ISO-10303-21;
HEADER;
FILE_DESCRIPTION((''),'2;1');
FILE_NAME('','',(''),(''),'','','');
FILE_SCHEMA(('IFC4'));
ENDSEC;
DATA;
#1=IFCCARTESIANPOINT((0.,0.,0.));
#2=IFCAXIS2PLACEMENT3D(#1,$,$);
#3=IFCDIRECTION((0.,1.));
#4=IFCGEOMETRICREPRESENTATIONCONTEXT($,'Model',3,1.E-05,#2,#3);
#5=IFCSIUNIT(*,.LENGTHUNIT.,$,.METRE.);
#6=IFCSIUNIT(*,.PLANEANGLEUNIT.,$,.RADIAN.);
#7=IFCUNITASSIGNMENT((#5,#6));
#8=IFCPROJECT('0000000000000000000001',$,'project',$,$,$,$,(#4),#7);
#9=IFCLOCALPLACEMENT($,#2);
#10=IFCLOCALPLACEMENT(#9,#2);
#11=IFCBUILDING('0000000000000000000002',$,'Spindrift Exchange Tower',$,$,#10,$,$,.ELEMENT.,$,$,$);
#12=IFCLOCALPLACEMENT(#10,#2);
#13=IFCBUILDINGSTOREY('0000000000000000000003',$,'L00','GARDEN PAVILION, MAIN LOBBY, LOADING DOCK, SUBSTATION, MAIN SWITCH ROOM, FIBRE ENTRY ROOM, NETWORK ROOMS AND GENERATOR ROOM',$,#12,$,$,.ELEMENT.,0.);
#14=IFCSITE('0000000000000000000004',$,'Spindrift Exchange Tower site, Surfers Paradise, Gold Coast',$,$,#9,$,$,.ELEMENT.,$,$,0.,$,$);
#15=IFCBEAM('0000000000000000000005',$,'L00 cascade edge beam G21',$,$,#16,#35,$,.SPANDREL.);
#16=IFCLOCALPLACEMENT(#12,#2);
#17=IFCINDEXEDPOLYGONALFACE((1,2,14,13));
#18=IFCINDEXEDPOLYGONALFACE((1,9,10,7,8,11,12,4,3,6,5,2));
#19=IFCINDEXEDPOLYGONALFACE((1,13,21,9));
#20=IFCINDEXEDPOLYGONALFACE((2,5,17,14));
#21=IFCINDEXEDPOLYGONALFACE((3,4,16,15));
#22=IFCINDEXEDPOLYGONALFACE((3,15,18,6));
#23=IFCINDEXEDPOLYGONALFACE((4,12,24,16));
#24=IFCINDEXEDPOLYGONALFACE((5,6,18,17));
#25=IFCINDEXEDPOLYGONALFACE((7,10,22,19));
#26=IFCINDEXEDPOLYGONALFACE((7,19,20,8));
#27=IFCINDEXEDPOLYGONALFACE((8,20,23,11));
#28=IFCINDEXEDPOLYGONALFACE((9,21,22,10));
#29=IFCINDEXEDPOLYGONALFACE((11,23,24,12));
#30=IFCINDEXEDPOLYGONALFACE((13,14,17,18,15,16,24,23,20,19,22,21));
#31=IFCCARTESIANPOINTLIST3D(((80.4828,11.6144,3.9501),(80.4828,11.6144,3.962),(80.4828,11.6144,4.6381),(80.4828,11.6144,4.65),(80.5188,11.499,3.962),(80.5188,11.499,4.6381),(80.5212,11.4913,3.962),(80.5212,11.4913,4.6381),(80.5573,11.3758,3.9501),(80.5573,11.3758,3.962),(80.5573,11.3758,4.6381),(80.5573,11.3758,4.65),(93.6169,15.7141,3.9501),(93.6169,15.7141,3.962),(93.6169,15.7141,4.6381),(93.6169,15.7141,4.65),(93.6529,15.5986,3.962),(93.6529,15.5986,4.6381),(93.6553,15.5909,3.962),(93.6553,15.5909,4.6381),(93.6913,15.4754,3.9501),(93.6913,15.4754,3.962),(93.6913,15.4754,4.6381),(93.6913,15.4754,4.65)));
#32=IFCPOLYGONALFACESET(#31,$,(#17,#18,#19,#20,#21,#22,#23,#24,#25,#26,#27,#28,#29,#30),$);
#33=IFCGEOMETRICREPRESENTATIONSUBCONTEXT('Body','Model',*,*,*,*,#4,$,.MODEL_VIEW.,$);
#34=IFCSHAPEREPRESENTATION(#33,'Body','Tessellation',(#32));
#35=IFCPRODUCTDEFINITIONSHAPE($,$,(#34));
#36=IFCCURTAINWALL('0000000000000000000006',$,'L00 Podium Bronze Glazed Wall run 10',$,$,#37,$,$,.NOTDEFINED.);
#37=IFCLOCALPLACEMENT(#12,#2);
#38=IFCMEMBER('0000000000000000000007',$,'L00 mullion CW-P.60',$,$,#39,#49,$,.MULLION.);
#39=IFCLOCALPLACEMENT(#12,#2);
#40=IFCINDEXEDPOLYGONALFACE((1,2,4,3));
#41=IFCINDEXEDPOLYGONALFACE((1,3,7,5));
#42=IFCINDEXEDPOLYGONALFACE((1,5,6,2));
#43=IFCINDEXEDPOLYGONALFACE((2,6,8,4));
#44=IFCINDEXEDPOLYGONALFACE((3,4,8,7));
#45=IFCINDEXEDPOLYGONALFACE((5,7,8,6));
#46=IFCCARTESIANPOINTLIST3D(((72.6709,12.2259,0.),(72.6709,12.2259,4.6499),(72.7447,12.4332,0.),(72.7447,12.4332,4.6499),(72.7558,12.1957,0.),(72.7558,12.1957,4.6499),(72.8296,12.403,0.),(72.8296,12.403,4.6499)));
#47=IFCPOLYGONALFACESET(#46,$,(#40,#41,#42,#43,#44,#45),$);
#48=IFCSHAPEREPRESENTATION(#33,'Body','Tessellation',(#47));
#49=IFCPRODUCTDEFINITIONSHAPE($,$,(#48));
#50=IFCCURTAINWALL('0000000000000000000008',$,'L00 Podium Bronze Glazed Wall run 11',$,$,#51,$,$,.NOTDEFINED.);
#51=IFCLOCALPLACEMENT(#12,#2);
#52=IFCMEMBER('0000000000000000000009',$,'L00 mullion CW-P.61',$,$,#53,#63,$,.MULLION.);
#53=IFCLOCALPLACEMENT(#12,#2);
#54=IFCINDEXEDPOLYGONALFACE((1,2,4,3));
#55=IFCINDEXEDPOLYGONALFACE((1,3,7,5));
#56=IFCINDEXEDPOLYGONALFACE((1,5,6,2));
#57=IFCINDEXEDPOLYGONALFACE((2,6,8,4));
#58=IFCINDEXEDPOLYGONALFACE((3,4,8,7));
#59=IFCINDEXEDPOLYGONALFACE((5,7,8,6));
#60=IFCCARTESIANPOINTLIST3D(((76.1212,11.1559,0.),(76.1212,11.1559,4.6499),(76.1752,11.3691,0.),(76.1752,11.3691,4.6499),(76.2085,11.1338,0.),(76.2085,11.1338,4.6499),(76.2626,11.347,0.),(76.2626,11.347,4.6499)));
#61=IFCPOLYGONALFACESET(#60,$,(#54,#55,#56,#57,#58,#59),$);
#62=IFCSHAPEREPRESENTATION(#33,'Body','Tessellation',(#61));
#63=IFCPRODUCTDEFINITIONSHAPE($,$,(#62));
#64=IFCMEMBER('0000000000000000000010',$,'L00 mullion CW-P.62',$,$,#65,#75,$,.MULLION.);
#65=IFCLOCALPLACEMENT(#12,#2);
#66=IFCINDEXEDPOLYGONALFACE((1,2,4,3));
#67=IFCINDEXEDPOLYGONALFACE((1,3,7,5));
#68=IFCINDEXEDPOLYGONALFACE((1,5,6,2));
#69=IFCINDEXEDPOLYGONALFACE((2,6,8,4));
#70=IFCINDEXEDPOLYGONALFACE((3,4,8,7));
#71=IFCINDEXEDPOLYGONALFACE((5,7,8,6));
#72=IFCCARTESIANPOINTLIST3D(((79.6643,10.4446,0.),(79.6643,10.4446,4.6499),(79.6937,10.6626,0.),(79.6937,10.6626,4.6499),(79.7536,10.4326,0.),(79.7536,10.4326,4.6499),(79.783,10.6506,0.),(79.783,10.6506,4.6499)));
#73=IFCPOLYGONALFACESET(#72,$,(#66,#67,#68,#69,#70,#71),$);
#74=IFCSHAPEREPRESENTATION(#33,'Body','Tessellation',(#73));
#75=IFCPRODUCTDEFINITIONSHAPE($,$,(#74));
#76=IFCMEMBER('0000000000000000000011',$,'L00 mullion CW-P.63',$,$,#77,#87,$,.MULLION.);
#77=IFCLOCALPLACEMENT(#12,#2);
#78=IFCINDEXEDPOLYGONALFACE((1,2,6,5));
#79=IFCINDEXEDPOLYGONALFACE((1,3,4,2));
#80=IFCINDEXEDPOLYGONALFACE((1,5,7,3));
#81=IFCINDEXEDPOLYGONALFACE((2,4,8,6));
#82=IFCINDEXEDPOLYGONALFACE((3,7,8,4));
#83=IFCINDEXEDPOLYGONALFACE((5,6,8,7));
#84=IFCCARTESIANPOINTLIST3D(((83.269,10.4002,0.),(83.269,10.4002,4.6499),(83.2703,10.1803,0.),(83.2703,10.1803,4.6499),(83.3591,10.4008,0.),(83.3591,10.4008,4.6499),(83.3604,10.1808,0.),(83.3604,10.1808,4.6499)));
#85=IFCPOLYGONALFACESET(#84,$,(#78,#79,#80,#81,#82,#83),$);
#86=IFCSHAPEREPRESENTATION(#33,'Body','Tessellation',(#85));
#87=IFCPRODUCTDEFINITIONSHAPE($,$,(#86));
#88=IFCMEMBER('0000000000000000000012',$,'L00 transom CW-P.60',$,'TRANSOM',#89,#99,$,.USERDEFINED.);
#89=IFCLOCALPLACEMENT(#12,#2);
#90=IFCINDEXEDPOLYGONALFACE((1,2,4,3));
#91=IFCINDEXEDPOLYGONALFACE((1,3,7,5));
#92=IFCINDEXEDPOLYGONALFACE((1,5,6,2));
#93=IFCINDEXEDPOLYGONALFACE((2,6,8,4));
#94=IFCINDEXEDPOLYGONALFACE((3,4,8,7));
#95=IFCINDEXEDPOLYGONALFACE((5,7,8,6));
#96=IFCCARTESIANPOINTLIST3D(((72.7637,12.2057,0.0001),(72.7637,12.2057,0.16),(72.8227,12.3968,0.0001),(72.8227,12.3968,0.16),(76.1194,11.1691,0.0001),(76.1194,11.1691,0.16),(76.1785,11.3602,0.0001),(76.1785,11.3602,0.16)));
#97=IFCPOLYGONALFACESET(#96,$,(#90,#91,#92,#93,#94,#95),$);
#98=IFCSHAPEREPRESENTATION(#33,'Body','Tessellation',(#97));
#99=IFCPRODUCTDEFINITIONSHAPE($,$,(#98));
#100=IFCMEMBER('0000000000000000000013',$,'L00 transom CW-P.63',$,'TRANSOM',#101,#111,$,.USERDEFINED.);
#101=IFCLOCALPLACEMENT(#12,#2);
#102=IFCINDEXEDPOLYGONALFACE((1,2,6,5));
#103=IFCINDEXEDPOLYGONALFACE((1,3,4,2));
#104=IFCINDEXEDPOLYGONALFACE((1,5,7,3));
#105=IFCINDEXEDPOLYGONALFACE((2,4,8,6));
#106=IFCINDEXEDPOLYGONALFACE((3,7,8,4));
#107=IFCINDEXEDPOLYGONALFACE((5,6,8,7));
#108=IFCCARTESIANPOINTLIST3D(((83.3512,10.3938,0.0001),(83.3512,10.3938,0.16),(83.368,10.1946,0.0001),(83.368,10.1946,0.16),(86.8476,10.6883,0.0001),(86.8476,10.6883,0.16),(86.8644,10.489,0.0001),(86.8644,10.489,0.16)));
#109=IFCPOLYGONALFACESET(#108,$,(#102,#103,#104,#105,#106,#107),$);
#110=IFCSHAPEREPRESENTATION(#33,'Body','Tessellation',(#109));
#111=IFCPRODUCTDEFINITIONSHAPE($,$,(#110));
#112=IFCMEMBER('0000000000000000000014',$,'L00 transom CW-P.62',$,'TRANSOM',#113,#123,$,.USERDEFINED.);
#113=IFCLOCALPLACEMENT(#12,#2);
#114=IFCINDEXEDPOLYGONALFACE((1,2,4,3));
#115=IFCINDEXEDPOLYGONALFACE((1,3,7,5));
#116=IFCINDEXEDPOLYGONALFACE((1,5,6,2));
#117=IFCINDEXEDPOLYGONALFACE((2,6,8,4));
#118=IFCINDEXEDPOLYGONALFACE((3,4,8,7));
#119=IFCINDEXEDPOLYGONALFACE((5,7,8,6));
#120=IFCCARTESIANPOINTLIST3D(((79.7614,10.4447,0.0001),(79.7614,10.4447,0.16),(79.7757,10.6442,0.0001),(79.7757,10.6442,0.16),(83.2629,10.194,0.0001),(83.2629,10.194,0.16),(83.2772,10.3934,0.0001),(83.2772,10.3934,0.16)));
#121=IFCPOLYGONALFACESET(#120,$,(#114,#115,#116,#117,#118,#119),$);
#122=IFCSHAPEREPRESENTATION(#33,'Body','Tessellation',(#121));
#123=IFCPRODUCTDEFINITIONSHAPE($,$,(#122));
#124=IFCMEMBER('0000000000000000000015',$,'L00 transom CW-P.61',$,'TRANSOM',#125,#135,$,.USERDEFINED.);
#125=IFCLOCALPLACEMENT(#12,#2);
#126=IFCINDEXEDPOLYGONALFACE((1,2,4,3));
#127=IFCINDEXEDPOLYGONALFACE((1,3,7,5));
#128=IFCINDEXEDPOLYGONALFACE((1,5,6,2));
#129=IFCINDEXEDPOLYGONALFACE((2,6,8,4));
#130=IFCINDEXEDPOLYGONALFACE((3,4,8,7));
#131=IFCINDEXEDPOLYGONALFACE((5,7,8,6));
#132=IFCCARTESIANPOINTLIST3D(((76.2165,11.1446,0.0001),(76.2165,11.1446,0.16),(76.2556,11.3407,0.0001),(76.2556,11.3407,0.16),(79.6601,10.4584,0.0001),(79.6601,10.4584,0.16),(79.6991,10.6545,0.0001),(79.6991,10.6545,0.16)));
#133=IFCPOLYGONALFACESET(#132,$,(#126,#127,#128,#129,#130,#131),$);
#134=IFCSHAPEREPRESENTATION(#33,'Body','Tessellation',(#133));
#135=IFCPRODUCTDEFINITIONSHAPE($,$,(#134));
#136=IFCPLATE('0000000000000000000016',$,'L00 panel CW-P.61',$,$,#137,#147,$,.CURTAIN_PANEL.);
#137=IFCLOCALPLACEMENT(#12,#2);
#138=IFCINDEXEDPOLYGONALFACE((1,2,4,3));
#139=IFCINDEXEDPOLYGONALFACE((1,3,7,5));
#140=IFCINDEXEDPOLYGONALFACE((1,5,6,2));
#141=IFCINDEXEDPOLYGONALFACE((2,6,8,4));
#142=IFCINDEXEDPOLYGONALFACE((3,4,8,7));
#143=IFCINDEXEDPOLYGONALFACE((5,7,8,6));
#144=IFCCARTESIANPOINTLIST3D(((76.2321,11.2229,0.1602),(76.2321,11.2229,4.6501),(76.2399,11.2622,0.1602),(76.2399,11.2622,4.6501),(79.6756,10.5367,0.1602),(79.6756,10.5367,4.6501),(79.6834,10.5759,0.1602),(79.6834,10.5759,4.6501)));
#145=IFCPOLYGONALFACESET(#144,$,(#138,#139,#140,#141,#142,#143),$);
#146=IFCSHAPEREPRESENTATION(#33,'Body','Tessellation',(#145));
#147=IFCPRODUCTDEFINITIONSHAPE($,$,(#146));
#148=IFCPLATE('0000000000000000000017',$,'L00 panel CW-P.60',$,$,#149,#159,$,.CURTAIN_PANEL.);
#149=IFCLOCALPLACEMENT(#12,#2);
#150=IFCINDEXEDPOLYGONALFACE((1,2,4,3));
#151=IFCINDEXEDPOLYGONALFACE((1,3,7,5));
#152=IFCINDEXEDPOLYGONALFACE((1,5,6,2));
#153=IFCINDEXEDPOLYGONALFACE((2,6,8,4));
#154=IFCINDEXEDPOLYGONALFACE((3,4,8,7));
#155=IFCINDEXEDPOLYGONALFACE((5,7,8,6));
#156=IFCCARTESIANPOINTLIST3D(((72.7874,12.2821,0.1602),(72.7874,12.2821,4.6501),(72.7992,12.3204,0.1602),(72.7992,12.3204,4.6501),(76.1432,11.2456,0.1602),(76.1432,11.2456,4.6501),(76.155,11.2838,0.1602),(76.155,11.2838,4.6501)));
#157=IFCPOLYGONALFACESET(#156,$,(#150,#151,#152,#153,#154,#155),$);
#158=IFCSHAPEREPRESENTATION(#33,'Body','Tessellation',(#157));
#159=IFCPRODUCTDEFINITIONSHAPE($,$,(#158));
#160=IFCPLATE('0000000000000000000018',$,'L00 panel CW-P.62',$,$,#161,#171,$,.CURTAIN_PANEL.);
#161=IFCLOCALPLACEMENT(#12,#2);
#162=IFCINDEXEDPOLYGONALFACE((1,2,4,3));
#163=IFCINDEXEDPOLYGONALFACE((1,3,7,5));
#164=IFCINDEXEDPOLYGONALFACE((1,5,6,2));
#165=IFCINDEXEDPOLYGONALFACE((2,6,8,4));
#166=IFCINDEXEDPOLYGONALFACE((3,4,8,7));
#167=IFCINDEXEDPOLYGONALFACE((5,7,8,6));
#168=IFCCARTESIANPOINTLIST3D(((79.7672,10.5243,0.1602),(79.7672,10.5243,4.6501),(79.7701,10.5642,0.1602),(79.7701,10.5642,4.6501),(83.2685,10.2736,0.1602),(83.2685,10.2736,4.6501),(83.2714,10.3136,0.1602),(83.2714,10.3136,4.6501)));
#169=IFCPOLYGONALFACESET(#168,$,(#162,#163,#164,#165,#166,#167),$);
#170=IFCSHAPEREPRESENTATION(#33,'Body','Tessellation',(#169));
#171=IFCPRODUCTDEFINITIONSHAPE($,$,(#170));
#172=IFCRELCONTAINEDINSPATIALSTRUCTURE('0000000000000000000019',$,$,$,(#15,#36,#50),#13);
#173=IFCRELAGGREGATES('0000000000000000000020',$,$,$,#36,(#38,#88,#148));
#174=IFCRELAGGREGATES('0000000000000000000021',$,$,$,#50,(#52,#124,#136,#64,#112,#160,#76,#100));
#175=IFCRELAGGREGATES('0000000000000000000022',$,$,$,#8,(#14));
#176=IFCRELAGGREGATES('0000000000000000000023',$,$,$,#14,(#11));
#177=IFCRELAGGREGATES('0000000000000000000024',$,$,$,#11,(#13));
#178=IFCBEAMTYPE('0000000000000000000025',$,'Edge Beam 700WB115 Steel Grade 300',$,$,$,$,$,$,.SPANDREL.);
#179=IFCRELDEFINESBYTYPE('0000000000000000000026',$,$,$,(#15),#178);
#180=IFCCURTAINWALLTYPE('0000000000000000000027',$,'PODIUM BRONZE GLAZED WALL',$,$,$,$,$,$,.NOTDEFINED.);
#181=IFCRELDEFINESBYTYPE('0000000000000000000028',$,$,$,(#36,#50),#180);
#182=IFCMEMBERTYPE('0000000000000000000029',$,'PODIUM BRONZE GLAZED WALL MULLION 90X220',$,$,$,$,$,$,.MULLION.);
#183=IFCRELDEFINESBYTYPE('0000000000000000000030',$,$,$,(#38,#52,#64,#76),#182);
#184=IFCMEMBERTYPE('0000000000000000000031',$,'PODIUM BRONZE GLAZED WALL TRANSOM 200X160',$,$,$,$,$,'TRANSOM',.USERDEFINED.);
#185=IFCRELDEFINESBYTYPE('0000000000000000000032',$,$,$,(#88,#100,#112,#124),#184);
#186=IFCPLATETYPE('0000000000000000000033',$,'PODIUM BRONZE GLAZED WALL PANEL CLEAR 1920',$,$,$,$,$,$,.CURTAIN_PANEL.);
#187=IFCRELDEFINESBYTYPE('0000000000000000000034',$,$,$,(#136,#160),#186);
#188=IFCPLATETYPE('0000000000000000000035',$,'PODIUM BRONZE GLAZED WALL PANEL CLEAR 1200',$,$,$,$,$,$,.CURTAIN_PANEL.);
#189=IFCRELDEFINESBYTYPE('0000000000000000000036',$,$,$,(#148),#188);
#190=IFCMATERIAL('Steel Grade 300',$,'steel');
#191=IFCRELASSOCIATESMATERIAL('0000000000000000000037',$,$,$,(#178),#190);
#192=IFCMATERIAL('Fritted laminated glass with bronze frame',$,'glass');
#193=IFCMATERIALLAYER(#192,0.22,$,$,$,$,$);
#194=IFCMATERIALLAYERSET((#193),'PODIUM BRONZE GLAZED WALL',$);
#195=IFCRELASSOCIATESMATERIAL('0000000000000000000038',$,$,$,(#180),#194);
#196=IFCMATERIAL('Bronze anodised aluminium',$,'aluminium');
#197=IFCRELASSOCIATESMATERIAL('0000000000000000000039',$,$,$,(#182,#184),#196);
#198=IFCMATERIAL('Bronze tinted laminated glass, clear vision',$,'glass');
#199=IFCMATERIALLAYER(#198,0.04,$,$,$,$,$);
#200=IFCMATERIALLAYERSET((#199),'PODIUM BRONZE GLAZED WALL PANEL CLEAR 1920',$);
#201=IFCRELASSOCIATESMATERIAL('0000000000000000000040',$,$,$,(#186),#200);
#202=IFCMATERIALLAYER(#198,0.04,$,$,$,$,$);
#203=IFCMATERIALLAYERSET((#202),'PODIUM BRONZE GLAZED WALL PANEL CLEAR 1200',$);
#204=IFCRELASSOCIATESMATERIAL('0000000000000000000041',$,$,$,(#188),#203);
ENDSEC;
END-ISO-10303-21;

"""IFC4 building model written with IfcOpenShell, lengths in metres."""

from ifc_helpers import new_model, si_unit, direction, frame, origin, origin_2d, place, context, subcontext, project, spatial, rectangle, i_section, extrude, source, transform, mapped, material, layer, layer_set, material_profile, profile_set, type_object, element, aggregate, save


model = new_model("IFC4")

# Units and contexts
model_context = context("Model", 3, precision=1e-05, world=origin(), true_north=direction((0.0, 1.0)))
body_context = subcontext(model_context, "Body", "Model", "MODEL_VIEW")
ifc_project = project(units=[si_unit("LENGTHUNIT", "METRE"), si_unit("PLANEANGLEUNIT", "RADIAN")], contexts=[model_context])

# Site, building, storey
site_placement = place(None, origin())
site = spatial("IfcSite", under=ifc_project, at=site_placement, Name="Spindrift Exchange Tower site, Surfers Paradise, Gold Coast", CompositionType="ELEMENT", RefElevation=0.0)
building_placement = place(site_placement, origin())
building = spatial("IfcBuilding", under=site, at=building_placement, Name="Spindrift Exchange Tower", CompositionType="ELEMENT")
storey_placement = place(building_placement, origin())
storey = spatial("IfcBuildingStorey", under=building, at=storey_placement, Name="L00", Description="GARDEN PAVILION, MAIN LOBBY, LOADING DOCK, SUBSTATION, MAIN SWITCH ROOM, FIBRE ENTRY ROOM, NETWORK ROOMS AND GENERATOR ROOM", CompositionType="ELEMENT", Elevation=0.0)

# Beam
ifc_material_1 = material(Name="Steel Grade 300", Category="steel")
ifc_material_profile_1 = material_profile(ifc_material_1, i_section(OverallWidth=0.25, OverallDepth=0.7, WebThickness=0.0081, FlangeThickness=0.012, at=origin_2d()), Name="700WB115")
ifc_profile_set_1 = profile_set([ifc_material_profile_1], Name="Steel Grade 300")
beam_type_1 = type_object("IfcBeamType", Name="Edge Beam 700WB115 Steel Grade 300", PredefinedType="SPANDREL", material=ifc_profile_set_1)
shared_shape_1 = source(origin(), body_context, "Body", "SweptSolid", [
    extrude(i_section(OverallWidth=0.25, OverallDepth=0.7, WebThickness=0.0081, FlangeThickness=0.012, at=origin_2d()), origin(), (0.0, 0.0, 1.0), 13.759),
])
beam_1_placement = place(storey_placement, frame((80.52, 11.4951, 4.3), z_axis=(0.954579, 0.297959, 0.0), x_axis=(-0.297959, 0.954579, 0.0)))
element("IfcBeam", 1, at=beam_1_placement, inside=storey, type_object=beam_type_1, Name="L00 cascade edge beam G21", PredefinedType="SPANDREL", context=body_context, shape_type="MappedRepresentation", body=[
    mapped(shared_shape_1, transform((0.0, 0.0, 0.0), scale=1.0)),
])

# Curtain wall, member
ifc_material_2 = material(Name="Fritted laminated glass with bronze frame", Category="glass")
ifc_layer_1 = layer(ifc_material_2, 0.22)
ifc_layer_set_1 = layer_set([ifc_layer_1], Name="PODIUM BRONZE GLAZED WALL")
curtain_wall_type = type_object("IfcCurtainWallType", Name="PODIUM BRONZE GLAZED WALL", PredefinedType="NOTDEFINED", material=ifc_layer_set_1)
curtain_wall_1_placement = place(storey_placement, origin())
curtain_wall_1 = element("IfcCurtainWall", 2, at=curtain_wall_1_placement, inside=storey, type_object=curtain_wall_type, Name="L00 Podium Bronze Glazed Wall run 10", PredefinedType="NOTDEFINED")
ifc_material_3 = material(Name="Bronze anodised aluminium", Category="aluminium")
ifc_material_profile_2 = material_profile(ifc_material_3, rectangle(XDim=0.0901, YDim=0.22, at=origin_2d()), Name="PODIUM BRONZE GLAZED WALL MULLION 90X220")
ifc_profile_set_2 = profile_set([ifc_material_profile_2], Name="Bronze anodised aluminium")
member_type_1 = type_object("IfcMemberType", Name="PODIUM BRONZE GLAZED WALL MULLION 90X220", PredefinedType="MULLION", material=ifc_profile_set_2)
shared_shape_2 = source(origin(), body_context, "Body", "SweptSolid", [
    extrude(rectangle(XDim=0.0901, YDim=0.22, at=origin_2d()), origin(), (0.0, 0.0, 1.0), 4.6499),
])
member_1_placement = place(storey_placement, frame((72.7502, 12.3145, 0.0), z_axis=(0.0, 0.0, 1.0), x_axis=(0.942143, -0.335211, 0.0)))
member_1 = element("IfcMember", 3, at=member_1_placement, type_object=member_type_1, Name="L00 mullion CW-P.60", PredefinedType="MULLION", context=body_context, shape_type="MappedRepresentation", body=[
    mapped(shared_shape_2, transform((0.0, 0.0, 0.0), scale=1.0)),
])

# Curtain wall, members
curtain_wall_2_placement = place(storey_placement, origin())
curtain_wall_2 = element("IfcCurtainWall", 4, at=curtain_wall_2_placement, inside=storey, type_object=curtain_wall_type, Name="L00 Podium Bronze Glazed Wall run 11", PredefinedType="NOTDEFINED")
member_2_placement = place(storey_placement, frame((76.1919, 11.2515, 0.0), z_axis=(0.0, 0.0, 1.0), x_axis=(0.96937, -0.245606, 0.0)))
member_2 = element("IfcMember", 5, at=member_2_placement, type_object=member_type_1, Name="L00 mullion CW-P.61", PredefinedType="MULLION", context=body_context, shape_type="MappedRepresentation", body=[
    mapped(shared_shape_2, transform((0.0, 0.0, 0.0), scale=1.0)),
])
member_3_placement = place(storey_placement, frame((79.7236, 10.5476, 0.0), z_axis=(0.0, 0.0, 1.0), x_axis=(0.991024, -0.133684, 0.0)))
member_3 = element("IfcMember", 6, at=member_3_placement, type_object=member_type_1, Name="L00 mullion CW-P.62", PredefinedType="MULLION", context=body_context, shape_type="MappedRepresentation", body=[
    mapped(shared_shape_2, transform((0.0, 0.0, 0.0), scale=1.0)),
])
member_4_placement = place(storey_placement, frame((83.3147, 10.2905, 0.0), z_axis=(0.0, 0.0, 1.0), x_axis=(0.99998, 0.006258, 0.0)))
member_4 = element("IfcMember", 7, at=member_4_placement, type_object=member_type_1, Name="L00 mullion CW-P.63", PredefinedType="MULLION", context=body_context, shape_type="MappedRepresentation", body=[
    mapped(shared_shape_2, transform((0.0, 0.0, 0.0), scale=1.0)),
])

# Members
ifc_material_profile_3 = material_profile(ifc_material_3, rectangle(XDim=0.2, YDim=0.1599, at=origin_2d()), Name="PODIUM BRONZE GLAZED WALL TRANSOM 200X160")
ifc_profile_set_3 = profile_set([ifc_material_profile_3], Name="Bronze anodised aluminium")
member_type_2 = type_object("IfcMemberType", Name="PODIUM BRONZE GLAZED WALL TRANSOM 200X160", ElementType="TRANSOM", PredefinedType="USERDEFINED", material=ifc_profile_set_3)
shared_shape_3 = source(origin(), body_context, "Body", "SweptSolid", [
    extrude(rectangle(XDim=0.2, YDim=0.1599, at=origin_2d()), origin(), (0.0, 0.0, 1.0), 3.5122),
])
member_5_placement = place(storey_placement, frame((72.7932, 12.3013, 0.0801), z_axis=(0.955451, -0.295151, 0.0), x_axis=(0.295151, 0.955451, 0.0)))
member_5 = element("IfcMember", 8, at=member_5_placement, type_object=member_type_2, Name="L00 transom CW-P.60", ObjectType="TRANSOM", PredefinedType="USERDEFINED", context=body_context, shape_type="MappedRepresentation", body=[
    mapped(shared_shape_3, transform((0.0, 0.0, 0.0), scale=1.0)),
])
shared_shape_4 = source(origin(), body_context, "Body", "SweptSolid", [
    extrude(rectangle(XDim=0.2, YDim=0.1599, at=origin_2d()), origin(), (0.0, 0.0, 1.0), 3.5088),
])
member_6_placement = place(storey_placement, frame((83.3596, 10.2942, 0.0801), z_axis=(0.996473, 0.083915, 0.0), x_axis=(-0.083915, 0.996473, 0.0)))
member_6 = element("IfcMember", 9, at=member_6_placement, type_object=member_type_2, Name="L00 transom CW-P.63", ObjectType="TRANSOM", PredefinedType="USERDEFINED", context=body_context, shape_type="MappedRepresentation", body=[
    mapped(shared_shape_4, transform((0.0, 0.0, 0.0), scale=1.0)),
])
shared_shape_5 = source(origin(), body_context, "Body", "SweptSolid", [
    extrude(rectangle(XDim=0.2, YDim=0.1599, at=origin_2d()), origin(), (0.0, 0.0, 1.0), 3.5105),
])
member_7_placement = place(storey_placement, frame((79.7686, 10.5444, 0.0801), z_axis=(0.997446, -0.071425, 0.0), x_axis=(0.071425, 0.997446, 0.0)))
member_7 = element("IfcMember", 10, at=member_7_placement, type_object=member_type_2, Name="L00 transom CW-P.62", ObjectType="TRANSOM", PredefinedType="USERDEFINED", context=body_context, shape_type="MappedRepresentation", body=[
    mapped(shared_shape_5, transform((0.0, 0.0, 0.0), scale=1.0)),
])
shared_shape_6 = source(origin(), body_context, "Body", "SweptSolid", [
    extrude(rectangle(XDim=0.2, YDim=0.1599, at=origin_2d()), origin(), (0.0, 0.0, 1.0), 3.5112),
])
member_8_placement = place(storey_placement, frame((76.2361, 11.2427, 0.0801), z_axis=(0.980714, -0.195448, 0.0), x_axis=(0.195448, 0.980714, 0.0)))
member_8 = element("IfcMember", 11, at=member_8_placement, type_object=member_type_2, Name="L00 transom CW-P.61", ObjectType="TRANSOM", PredefinedType="USERDEFINED", context=body_context, shape_type="MappedRepresentation", body=[
    mapped(shared_shape_6, transform((0.0, 0.0, 0.0), scale=1.0)),
])

# Plates
ifc_material_4 = material(Name="Bronze tinted laminated glass, clear vision", Category="glass")
ifc_layer_2 = layer(ifc_material_4, 0.04)
ifc_layer_set_2 = layer_set([ifc_layer_2], Name="PODIUM BRONZE GLAZED WALL PANEL CLEAR 1920")
plate_type_1 = type_object("IfcPlateType", Name="PODIUM BRONZE GLAZED WALL PANEL CLEAR 1920", PredefinedType="CURTAIN_PANEL", material=ifc_layer_set_2)
shared_shape_7 = source(origin(), body_context, "Body", "SweptSolid", [
    extrude(rectangle(XDim=3.5112, YDim=0.04, at=origin_2d()), origin(), (0.0, 0.0, 1.0), 4.49),
])
plate_1_placement = place(storey_placement, frame((77.9578, 10.8994, 0.1602), z_axis=(0.0, 0.0, 1.0), x_axis=(0.980717, -0.195433, 0.0)))
plate_1 = element("IfcPlate", 12, at=plate_1_placement, type_object=plate_type_1, Name="L00 panel CW-P.61", PredefinedType="CURTAIN_PANEL", context=body_context, shape_type="MappedRepresentation", body=[
    mapped(shared_shape_7, transform((0.0, 0.0, 0.0), scale=1.0)),
])
ifc_layer_3 = layer(ifc_material_4, 0.04)
ifc_layer_set_3 = layer_set([ifc_layer_3], Name="PODIUM BRONZE GLAZED WALL PANEL CLEAR 1200")
plate_type_2 = type_object("IfcPlateType", Name="PODIUM BRONZE GLAZED WALL PANEL CLEAR 1200", PredefinedType="CURTAIN_PANEL", material=ifc_layer_set_3)
shared_shape_8 = source(origin(), body_context, "Body", "SweptSolid", [
    extrude(rectangle(XDim=3.5122, YDim=0.04, at=origin_2d()), origin(), (0.0, 0.0, 1.0), 4.49),
])
plate_2_placement = place(storey_placement, frame((74.4712, 11.783, 0.1602), z_axis=(0.0, 0.0, 1.0), x_axis=(0.955457, -0.295129, 0.0)))
plate_2 = element("IfcPlate", 13, at=plate_2_placement, type_object=plate_type_2, Name="L00 panel CW-P.60", PredefinedType="CURTAIN_PANEL", context=body_context, shape_type="MappedRepresentation", body=[
    mapped(shared_shape_8, transform((0.0, 0.0, 0.0), scale=1.0)),
])
aggregate(curtain_wall_1, [member_1, member_5, plate_2])
shared_shape_9 = source(origin(), body_context, "Body", "SweptSolid", [
    extrude(rectangle(XDim=3.5103, YDim=0.04, at=origin_2d()), origin(), (0.0, 0.0, 1.0), 4.49),
])
plate_3_placement = place(storey_placement, frame((81.5193, 10.4189, 0.1602), z_axis=(0.0, 0.0, 1.0), x_axis=(0.997447, -0.07141, 0.0)))
plate_3 = element("IfcPlate", 14, at=plate_3_placement, type_object=plate_type_1, Name="L00 panel CW-P.62", PredefinedType="CURTAIN_PANEL", context=body_context, shape_type="MappedRepresentation", body=[
    mapped(shared_shape_9, transform((0.0, 0.0, 0.0), scale=1.0)),
])
aggregate(curtain_wall_2, [member_2, member_8, plate_1, member_3, member_7, plate_3, member_4, member_6])

save(model, "model.ifc")
